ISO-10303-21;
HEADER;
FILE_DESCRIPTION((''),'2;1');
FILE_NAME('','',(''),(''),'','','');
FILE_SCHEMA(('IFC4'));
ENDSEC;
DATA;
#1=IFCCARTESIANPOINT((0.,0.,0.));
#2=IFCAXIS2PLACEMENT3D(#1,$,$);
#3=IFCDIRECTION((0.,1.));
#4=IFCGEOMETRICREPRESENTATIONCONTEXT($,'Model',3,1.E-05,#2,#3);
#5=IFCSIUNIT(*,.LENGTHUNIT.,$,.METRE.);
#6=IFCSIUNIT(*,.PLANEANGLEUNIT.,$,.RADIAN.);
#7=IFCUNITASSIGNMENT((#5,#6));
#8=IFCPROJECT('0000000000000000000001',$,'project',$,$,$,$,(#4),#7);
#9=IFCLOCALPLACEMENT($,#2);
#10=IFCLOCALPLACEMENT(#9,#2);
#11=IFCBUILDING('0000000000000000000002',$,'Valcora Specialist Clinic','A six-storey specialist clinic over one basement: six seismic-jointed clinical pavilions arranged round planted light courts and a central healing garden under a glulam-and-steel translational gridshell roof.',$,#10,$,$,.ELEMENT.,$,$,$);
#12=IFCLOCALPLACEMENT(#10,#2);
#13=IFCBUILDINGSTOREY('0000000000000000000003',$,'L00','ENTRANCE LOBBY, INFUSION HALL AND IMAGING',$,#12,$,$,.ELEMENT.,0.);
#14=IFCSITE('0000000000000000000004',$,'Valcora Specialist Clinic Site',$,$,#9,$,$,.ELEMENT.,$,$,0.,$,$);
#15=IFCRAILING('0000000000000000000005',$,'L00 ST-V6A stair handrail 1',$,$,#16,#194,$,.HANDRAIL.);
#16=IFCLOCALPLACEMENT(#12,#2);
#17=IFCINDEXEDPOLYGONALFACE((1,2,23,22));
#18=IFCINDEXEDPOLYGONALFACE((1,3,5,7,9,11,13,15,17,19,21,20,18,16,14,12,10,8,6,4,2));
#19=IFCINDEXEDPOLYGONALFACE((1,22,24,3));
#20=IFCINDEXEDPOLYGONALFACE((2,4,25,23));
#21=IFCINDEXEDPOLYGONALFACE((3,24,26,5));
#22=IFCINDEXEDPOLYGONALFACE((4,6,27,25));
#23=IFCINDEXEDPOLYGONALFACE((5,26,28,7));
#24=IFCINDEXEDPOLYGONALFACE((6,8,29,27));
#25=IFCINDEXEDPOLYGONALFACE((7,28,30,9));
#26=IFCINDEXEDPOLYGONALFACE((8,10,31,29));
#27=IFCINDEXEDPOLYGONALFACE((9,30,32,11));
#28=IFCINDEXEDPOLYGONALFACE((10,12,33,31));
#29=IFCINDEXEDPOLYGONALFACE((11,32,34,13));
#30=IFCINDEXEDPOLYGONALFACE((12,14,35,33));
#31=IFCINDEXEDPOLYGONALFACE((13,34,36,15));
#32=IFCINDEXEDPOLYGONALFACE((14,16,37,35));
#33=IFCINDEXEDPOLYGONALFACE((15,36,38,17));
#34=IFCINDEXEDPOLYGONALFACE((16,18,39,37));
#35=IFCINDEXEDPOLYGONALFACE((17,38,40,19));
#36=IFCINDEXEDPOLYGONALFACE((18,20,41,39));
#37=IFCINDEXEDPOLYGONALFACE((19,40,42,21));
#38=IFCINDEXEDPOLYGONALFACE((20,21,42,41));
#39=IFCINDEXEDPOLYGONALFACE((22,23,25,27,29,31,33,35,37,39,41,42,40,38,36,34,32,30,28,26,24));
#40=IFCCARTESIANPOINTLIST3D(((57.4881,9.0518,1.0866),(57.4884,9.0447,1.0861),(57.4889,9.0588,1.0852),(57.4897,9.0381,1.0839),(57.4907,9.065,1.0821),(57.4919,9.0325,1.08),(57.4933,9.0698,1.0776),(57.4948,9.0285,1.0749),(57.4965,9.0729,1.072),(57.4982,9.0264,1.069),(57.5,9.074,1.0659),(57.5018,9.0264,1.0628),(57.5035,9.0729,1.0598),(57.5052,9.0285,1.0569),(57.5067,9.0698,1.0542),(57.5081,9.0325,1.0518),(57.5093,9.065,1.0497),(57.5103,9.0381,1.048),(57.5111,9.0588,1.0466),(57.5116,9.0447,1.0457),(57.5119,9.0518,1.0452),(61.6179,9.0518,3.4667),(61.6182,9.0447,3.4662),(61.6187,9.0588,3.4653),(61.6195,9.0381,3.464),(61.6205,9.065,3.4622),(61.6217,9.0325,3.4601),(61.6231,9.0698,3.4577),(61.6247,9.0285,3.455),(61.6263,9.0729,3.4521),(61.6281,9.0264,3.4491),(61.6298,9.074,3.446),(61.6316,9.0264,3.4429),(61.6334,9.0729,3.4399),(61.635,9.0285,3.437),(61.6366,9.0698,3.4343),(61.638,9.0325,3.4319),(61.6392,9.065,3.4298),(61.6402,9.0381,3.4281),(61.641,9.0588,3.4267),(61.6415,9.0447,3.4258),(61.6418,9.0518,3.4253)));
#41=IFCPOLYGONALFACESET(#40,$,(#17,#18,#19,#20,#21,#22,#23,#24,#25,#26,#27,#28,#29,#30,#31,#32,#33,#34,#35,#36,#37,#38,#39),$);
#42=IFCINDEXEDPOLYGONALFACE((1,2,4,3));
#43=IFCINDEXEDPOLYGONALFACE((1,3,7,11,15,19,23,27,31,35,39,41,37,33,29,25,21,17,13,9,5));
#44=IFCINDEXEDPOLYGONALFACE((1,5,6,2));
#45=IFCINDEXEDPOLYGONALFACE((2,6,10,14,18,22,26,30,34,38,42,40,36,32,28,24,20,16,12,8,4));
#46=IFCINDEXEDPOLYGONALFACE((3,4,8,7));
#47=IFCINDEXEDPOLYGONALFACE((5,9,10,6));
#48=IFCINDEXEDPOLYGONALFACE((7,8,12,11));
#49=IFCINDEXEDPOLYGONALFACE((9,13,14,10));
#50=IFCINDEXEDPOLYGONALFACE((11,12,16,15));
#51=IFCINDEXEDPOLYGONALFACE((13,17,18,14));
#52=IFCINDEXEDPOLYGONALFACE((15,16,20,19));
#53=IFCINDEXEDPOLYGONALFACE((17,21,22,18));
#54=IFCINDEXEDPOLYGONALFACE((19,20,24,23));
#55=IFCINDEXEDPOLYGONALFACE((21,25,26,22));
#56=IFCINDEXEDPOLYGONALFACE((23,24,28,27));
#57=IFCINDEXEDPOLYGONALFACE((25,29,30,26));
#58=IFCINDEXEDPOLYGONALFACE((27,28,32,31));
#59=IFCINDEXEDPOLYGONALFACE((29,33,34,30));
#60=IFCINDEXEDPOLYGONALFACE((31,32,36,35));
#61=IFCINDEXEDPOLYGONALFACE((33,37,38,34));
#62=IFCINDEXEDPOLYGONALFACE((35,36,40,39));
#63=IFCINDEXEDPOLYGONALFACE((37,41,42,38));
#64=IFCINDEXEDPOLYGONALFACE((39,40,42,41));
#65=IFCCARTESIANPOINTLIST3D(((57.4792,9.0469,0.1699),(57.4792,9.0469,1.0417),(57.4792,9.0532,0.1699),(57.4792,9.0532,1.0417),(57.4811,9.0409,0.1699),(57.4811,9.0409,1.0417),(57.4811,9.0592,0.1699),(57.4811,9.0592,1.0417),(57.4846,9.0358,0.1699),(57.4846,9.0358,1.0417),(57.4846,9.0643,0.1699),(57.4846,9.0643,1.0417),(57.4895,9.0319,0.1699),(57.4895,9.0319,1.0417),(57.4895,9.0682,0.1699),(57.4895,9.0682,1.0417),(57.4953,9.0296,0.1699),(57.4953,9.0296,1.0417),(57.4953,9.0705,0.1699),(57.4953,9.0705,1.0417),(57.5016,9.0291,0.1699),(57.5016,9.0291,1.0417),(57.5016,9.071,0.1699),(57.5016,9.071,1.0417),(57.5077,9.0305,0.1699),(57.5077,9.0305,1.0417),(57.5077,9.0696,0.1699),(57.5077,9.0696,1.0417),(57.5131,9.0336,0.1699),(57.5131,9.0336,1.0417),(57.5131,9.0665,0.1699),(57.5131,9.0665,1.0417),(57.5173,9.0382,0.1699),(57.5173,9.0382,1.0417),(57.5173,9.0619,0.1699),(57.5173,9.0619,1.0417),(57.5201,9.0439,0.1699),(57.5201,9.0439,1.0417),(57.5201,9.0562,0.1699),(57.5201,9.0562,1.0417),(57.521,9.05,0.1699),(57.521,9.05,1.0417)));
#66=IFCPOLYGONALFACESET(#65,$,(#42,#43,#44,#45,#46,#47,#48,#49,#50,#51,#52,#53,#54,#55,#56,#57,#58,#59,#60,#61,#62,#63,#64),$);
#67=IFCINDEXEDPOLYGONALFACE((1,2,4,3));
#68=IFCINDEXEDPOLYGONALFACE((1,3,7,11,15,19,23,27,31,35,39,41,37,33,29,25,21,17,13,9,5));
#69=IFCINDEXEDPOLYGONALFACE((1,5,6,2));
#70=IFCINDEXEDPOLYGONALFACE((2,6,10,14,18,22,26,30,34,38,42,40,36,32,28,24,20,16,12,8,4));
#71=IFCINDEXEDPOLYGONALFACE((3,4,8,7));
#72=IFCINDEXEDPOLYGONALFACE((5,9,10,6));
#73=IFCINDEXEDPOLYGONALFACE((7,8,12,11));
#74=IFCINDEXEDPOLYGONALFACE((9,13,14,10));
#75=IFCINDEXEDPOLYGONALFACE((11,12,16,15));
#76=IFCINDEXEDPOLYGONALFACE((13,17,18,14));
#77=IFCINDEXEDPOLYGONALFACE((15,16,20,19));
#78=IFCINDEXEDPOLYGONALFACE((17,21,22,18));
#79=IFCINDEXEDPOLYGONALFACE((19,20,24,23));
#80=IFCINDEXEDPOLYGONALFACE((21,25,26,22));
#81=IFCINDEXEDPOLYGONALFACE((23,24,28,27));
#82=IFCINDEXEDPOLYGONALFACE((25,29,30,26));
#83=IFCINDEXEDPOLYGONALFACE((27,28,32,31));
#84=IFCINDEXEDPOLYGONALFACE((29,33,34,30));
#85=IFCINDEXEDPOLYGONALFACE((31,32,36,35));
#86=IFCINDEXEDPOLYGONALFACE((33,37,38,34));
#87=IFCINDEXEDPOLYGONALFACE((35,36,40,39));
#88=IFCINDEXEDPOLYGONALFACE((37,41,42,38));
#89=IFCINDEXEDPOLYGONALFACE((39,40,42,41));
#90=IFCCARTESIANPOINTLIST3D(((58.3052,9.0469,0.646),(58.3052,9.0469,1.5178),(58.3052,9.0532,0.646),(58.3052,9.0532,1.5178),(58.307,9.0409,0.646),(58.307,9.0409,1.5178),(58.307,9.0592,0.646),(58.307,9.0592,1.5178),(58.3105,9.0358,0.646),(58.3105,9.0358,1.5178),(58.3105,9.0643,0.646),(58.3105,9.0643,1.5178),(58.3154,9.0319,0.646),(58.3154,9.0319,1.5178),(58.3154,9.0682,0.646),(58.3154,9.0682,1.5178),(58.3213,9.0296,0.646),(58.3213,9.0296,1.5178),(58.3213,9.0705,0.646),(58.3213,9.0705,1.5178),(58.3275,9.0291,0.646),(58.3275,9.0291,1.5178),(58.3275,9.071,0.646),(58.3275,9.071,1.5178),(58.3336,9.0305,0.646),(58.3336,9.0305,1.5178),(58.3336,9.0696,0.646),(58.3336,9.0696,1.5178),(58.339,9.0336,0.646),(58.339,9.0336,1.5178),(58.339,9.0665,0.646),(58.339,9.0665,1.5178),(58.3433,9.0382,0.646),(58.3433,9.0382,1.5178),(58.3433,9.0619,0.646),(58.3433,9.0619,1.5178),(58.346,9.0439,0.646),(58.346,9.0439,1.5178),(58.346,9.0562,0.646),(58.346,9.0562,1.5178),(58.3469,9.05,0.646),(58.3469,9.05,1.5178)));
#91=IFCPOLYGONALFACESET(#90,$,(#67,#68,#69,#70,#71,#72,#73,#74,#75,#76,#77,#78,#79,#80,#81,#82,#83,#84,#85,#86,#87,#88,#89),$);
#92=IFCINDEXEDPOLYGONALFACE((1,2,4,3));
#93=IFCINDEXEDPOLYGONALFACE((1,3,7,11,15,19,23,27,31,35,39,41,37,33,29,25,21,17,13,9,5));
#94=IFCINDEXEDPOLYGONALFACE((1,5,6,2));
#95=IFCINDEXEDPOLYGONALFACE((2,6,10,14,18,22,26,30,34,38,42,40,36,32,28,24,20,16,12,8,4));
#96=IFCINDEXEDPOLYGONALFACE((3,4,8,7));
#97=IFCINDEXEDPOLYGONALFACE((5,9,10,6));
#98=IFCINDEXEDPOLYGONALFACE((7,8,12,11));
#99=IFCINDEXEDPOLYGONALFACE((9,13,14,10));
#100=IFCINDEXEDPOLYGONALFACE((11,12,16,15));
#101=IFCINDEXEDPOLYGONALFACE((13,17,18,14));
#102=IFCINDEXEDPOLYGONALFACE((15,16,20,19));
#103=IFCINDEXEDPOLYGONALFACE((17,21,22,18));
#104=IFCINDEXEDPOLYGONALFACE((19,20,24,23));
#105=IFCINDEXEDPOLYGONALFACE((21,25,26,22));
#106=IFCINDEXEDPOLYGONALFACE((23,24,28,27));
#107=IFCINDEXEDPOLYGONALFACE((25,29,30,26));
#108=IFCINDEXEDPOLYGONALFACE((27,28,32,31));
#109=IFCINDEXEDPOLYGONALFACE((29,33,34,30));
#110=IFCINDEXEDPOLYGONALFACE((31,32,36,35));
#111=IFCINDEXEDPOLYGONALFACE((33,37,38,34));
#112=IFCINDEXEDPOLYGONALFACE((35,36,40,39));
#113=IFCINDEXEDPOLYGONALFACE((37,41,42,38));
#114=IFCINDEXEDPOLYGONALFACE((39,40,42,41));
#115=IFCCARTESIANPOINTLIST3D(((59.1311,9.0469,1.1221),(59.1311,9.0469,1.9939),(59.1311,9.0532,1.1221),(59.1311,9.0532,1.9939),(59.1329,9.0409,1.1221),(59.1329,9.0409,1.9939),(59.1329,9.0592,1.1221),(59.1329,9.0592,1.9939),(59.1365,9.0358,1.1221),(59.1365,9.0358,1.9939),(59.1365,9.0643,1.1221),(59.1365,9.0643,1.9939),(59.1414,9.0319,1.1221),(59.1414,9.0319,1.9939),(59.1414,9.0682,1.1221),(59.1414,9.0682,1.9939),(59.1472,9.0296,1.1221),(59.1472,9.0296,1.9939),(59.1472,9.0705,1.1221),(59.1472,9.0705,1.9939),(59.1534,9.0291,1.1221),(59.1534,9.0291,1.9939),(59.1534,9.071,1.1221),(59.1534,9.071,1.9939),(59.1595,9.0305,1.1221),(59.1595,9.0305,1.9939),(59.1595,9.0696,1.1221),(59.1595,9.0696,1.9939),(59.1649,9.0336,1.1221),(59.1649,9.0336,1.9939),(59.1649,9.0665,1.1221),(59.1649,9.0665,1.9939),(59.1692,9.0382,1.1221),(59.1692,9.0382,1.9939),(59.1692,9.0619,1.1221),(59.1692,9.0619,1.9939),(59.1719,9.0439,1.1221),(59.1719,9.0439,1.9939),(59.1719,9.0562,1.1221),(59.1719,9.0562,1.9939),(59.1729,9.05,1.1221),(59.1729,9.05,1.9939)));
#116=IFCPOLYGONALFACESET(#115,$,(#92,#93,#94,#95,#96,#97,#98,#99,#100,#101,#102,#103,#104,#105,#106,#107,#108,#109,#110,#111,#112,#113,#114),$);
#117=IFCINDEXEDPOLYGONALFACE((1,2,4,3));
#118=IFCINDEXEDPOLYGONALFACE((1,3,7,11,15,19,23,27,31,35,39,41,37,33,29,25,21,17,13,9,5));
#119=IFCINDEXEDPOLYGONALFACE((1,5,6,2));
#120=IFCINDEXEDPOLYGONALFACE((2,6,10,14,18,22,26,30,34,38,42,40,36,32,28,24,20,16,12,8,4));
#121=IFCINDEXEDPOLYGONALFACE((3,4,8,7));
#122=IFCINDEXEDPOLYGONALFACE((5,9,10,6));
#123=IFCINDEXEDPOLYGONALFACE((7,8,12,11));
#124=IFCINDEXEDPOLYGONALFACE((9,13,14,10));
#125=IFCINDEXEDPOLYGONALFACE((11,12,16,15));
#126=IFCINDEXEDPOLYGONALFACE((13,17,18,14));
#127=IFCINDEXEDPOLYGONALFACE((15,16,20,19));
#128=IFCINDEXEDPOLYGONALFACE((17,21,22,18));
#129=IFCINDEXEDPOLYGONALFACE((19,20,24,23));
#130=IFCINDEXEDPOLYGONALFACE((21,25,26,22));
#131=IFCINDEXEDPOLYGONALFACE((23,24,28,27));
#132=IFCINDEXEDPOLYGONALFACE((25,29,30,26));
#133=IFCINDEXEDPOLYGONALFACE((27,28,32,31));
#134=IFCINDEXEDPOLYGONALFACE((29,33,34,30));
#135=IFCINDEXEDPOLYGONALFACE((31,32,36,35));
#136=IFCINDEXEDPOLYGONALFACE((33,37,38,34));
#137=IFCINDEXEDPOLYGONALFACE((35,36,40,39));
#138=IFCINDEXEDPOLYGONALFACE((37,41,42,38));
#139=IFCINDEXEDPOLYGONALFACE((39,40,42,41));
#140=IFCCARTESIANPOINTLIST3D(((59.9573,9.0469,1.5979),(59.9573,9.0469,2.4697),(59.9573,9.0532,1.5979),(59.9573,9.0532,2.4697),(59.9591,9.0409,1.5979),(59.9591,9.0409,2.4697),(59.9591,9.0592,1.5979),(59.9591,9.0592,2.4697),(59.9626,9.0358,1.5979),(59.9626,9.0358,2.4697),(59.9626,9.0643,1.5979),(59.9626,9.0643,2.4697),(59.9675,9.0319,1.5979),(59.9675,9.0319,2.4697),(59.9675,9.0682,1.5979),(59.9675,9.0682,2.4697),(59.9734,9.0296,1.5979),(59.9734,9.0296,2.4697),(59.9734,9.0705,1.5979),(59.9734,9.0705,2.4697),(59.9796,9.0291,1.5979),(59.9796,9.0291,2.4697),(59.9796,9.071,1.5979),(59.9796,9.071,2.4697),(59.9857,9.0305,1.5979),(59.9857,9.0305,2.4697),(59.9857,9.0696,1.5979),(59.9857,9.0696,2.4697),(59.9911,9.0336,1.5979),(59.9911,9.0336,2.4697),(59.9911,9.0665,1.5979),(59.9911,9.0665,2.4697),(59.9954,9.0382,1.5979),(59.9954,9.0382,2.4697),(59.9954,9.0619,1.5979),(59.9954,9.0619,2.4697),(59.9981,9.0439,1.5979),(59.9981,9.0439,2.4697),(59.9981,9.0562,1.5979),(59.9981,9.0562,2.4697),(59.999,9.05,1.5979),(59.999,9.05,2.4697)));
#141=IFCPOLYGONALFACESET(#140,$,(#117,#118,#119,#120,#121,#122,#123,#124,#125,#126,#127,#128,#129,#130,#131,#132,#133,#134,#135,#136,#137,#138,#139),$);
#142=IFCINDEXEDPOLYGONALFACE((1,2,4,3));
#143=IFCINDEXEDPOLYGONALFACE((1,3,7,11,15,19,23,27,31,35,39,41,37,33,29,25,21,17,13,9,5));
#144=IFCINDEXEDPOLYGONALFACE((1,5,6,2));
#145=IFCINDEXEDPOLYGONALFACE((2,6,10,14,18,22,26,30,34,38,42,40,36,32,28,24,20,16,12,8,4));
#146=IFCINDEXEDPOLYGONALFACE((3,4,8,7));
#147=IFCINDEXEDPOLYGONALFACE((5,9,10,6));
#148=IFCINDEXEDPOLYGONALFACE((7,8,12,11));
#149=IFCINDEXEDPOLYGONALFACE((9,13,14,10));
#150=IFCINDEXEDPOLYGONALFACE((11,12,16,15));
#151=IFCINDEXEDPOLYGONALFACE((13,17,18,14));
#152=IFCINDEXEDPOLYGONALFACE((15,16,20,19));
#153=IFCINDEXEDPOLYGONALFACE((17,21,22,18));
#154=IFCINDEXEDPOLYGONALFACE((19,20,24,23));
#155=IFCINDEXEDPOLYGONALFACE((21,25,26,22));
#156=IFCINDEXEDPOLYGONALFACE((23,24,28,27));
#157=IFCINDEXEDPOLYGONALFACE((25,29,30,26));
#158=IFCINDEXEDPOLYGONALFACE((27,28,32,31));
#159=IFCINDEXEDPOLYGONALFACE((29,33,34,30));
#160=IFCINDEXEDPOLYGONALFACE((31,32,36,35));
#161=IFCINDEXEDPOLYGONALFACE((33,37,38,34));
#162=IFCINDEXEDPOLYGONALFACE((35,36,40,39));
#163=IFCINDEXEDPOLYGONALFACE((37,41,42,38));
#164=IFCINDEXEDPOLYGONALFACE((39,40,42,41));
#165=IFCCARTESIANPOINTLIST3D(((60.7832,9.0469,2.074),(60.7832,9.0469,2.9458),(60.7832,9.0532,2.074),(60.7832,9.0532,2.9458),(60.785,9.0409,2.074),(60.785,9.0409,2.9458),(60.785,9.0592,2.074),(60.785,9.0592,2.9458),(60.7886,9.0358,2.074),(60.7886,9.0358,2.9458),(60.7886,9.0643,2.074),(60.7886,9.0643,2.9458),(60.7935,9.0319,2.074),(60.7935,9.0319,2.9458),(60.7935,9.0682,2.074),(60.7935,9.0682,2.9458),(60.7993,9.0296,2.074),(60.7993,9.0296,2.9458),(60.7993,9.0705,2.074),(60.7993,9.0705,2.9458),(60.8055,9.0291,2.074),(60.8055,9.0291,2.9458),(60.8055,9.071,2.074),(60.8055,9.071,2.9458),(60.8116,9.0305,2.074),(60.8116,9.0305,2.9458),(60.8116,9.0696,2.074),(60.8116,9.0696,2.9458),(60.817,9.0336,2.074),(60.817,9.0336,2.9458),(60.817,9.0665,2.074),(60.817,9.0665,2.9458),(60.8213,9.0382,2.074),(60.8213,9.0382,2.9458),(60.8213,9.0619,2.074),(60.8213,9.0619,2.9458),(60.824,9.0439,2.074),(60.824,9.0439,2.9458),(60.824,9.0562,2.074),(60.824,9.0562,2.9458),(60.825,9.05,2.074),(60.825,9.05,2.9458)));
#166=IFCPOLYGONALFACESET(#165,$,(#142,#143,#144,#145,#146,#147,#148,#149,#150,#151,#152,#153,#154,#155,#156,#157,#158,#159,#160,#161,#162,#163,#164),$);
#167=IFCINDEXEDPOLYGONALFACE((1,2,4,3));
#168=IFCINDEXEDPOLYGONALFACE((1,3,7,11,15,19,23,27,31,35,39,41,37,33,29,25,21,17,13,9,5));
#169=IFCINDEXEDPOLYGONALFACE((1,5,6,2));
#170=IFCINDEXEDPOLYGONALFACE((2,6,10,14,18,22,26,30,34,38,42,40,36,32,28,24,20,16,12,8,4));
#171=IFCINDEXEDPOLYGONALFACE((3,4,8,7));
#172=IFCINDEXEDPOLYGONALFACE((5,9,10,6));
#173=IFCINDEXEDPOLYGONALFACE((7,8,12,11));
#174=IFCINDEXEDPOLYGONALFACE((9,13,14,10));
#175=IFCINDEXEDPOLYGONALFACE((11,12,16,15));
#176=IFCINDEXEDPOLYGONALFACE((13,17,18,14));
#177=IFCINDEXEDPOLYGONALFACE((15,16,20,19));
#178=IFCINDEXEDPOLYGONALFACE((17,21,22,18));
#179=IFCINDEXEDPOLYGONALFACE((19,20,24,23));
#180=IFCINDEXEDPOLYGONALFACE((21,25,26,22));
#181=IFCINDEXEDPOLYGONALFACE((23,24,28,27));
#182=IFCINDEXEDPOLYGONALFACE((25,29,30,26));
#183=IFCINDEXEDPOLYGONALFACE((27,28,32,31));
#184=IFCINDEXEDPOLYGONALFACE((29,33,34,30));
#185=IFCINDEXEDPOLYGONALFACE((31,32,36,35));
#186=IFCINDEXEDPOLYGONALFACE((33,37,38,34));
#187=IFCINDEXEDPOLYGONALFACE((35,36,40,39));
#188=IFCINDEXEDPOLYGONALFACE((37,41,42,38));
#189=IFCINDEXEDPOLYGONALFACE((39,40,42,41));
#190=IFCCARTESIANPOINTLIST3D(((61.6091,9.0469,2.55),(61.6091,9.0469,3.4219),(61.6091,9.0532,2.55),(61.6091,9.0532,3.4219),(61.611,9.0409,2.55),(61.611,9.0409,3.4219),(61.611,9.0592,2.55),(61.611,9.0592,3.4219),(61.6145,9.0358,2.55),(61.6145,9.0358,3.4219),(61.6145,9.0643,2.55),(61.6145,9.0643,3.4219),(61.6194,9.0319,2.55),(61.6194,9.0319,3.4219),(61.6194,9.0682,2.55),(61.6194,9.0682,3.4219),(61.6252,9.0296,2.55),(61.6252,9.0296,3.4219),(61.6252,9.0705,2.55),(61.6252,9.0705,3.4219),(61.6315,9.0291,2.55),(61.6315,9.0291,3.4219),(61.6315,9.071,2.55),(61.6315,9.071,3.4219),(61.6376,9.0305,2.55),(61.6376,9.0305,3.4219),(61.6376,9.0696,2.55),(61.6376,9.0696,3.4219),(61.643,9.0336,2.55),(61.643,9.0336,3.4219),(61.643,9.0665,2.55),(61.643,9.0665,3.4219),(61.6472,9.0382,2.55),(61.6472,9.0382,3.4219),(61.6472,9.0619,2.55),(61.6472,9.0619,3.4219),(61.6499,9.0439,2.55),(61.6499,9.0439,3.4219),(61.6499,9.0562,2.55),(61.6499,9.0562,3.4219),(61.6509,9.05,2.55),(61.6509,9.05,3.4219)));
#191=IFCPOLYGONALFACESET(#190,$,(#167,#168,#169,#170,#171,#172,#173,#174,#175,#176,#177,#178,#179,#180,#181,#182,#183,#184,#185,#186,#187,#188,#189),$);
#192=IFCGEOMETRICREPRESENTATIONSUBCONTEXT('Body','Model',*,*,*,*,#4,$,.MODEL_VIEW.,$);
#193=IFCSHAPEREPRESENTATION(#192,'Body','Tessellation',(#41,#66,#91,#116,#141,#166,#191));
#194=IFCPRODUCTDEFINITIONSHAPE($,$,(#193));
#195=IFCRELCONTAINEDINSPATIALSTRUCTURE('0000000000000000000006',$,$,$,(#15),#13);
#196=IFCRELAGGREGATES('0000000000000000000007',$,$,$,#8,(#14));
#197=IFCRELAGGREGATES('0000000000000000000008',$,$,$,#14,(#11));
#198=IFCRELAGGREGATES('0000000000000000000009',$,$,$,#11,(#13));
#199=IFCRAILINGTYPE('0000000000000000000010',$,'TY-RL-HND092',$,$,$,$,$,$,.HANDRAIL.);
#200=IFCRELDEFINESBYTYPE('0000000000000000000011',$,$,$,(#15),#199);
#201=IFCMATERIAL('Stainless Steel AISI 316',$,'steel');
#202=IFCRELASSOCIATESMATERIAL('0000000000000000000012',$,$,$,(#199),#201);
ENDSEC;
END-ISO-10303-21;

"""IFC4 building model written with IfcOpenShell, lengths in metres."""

from ifc_helpers import new_model, si_unit, direction, frame, origin, origin_2d, place, context, subcontext, project, spatial, circle, extrude, material, type_object, element, save


model = new_model("IFC4")

# Units and contexts
model_context = context("Model", 3, precision=1e-05, world=origin(), true_north=direction((0.0, 1.0)))
body_context = subcontext(model_context, "Body", "Model", "MODEL_VIEW")
ifc_project = project(units=[si_unit("LENGTHUNIT", "METRE"), si_unit("PLANEANGLEUNIT", "RADIAN")], contexts=[model_context])

# Site, building, storey
site_placement = place(None, origin())
site = spatial("IfcSite", under=ifc_project, at=site_placement, Name="Valcora Specialist Clinic Site", CompositionType="ELEMENT", RefElevation=0.0)
building_placement = place(site_placement, origin())
building = spatial("IfcBuilding", under=site, at=building_placement, Name="Valcora Specialist Clinic", Description="A six-storey specialist clinic over one basement: six seismic-jointed clinical pavilions arranged round planted light courts and a central healing garden under a glulam-and-steel translational gridshell roof.", CompositionType="ELEMENT")
storey_placement = place(building_placement, origin())
storey = spatial("IfcBuildingStorey", under=building, at=storey_placement, Name="L00", Description="ENTRANCE LOBBY, INFUSION HALL AND IMAGING", CompositionType="ELEMENT", Elevation=0.0)

# Railing
ifc_material_1 = material(Name="Stainless Steel AISI 316", Category="steel")
railing_type_1 = type_object("IfcRailingType", Name="TY-RL-HND092", PredefinedType="HANDRAIL", material=ifc_material_1)
railing_1_placement = place(storey_placement, frame((57.5, 9.05, 0.1699)))
element("IfcRailing", 1, at=railing_1_placement, inside=storey, type_object=railing_type_1, Name="L00 ST-V6A stair handrail 1", PredefinedType="HANDRAIL", context=body_context, shape_type="SweptSolid", body=[
    extrude(circle(Radius=0.0239, at=origin_2d()), frame((0.0, 0.0, 0.896), z_axis=(0.866412, 0.0, 0.499329), x_axis=(0.0, 1.0, 0.0)), (0.0, 0.0, 1.0), 4.7666),
    extrude(circle(Radius=0.021, at=origin_2d()), origin(), (0.0, 0.0, 1.0), 0.8718),
    extrude(circle(Radius=0.021, at=origin_2d()), frame((0.8259, 0.0, 0.4761)), (0.0, 0.0, 1.0), 0.8718),
    extrude(circle(Radius=0.021, at=origin_2d()), frame((1.6519, 0.0, 0.9521)), (0.0, 0.0, 1.0), 0.8718),
    extrude(circle(Radius=0.021, at=origin_2d()), frame((2.478, 0.0, 1.428)), (0.0, 0.0, 1.0), 0.8718),
    extrude(circle(Radius=0.021, at=origin_2d()), frame((3.304, 0.0, 1.9041)), (0.0, 0.0, 1.0), 0.8718),
    extrude(circle(Radius=0.021, at=origin_2d()), frame((4.1299, 0.0, 2.3801)), (0.0, 0.0, 1.0), 0.8718),
])

save(model, "model.ifc")
